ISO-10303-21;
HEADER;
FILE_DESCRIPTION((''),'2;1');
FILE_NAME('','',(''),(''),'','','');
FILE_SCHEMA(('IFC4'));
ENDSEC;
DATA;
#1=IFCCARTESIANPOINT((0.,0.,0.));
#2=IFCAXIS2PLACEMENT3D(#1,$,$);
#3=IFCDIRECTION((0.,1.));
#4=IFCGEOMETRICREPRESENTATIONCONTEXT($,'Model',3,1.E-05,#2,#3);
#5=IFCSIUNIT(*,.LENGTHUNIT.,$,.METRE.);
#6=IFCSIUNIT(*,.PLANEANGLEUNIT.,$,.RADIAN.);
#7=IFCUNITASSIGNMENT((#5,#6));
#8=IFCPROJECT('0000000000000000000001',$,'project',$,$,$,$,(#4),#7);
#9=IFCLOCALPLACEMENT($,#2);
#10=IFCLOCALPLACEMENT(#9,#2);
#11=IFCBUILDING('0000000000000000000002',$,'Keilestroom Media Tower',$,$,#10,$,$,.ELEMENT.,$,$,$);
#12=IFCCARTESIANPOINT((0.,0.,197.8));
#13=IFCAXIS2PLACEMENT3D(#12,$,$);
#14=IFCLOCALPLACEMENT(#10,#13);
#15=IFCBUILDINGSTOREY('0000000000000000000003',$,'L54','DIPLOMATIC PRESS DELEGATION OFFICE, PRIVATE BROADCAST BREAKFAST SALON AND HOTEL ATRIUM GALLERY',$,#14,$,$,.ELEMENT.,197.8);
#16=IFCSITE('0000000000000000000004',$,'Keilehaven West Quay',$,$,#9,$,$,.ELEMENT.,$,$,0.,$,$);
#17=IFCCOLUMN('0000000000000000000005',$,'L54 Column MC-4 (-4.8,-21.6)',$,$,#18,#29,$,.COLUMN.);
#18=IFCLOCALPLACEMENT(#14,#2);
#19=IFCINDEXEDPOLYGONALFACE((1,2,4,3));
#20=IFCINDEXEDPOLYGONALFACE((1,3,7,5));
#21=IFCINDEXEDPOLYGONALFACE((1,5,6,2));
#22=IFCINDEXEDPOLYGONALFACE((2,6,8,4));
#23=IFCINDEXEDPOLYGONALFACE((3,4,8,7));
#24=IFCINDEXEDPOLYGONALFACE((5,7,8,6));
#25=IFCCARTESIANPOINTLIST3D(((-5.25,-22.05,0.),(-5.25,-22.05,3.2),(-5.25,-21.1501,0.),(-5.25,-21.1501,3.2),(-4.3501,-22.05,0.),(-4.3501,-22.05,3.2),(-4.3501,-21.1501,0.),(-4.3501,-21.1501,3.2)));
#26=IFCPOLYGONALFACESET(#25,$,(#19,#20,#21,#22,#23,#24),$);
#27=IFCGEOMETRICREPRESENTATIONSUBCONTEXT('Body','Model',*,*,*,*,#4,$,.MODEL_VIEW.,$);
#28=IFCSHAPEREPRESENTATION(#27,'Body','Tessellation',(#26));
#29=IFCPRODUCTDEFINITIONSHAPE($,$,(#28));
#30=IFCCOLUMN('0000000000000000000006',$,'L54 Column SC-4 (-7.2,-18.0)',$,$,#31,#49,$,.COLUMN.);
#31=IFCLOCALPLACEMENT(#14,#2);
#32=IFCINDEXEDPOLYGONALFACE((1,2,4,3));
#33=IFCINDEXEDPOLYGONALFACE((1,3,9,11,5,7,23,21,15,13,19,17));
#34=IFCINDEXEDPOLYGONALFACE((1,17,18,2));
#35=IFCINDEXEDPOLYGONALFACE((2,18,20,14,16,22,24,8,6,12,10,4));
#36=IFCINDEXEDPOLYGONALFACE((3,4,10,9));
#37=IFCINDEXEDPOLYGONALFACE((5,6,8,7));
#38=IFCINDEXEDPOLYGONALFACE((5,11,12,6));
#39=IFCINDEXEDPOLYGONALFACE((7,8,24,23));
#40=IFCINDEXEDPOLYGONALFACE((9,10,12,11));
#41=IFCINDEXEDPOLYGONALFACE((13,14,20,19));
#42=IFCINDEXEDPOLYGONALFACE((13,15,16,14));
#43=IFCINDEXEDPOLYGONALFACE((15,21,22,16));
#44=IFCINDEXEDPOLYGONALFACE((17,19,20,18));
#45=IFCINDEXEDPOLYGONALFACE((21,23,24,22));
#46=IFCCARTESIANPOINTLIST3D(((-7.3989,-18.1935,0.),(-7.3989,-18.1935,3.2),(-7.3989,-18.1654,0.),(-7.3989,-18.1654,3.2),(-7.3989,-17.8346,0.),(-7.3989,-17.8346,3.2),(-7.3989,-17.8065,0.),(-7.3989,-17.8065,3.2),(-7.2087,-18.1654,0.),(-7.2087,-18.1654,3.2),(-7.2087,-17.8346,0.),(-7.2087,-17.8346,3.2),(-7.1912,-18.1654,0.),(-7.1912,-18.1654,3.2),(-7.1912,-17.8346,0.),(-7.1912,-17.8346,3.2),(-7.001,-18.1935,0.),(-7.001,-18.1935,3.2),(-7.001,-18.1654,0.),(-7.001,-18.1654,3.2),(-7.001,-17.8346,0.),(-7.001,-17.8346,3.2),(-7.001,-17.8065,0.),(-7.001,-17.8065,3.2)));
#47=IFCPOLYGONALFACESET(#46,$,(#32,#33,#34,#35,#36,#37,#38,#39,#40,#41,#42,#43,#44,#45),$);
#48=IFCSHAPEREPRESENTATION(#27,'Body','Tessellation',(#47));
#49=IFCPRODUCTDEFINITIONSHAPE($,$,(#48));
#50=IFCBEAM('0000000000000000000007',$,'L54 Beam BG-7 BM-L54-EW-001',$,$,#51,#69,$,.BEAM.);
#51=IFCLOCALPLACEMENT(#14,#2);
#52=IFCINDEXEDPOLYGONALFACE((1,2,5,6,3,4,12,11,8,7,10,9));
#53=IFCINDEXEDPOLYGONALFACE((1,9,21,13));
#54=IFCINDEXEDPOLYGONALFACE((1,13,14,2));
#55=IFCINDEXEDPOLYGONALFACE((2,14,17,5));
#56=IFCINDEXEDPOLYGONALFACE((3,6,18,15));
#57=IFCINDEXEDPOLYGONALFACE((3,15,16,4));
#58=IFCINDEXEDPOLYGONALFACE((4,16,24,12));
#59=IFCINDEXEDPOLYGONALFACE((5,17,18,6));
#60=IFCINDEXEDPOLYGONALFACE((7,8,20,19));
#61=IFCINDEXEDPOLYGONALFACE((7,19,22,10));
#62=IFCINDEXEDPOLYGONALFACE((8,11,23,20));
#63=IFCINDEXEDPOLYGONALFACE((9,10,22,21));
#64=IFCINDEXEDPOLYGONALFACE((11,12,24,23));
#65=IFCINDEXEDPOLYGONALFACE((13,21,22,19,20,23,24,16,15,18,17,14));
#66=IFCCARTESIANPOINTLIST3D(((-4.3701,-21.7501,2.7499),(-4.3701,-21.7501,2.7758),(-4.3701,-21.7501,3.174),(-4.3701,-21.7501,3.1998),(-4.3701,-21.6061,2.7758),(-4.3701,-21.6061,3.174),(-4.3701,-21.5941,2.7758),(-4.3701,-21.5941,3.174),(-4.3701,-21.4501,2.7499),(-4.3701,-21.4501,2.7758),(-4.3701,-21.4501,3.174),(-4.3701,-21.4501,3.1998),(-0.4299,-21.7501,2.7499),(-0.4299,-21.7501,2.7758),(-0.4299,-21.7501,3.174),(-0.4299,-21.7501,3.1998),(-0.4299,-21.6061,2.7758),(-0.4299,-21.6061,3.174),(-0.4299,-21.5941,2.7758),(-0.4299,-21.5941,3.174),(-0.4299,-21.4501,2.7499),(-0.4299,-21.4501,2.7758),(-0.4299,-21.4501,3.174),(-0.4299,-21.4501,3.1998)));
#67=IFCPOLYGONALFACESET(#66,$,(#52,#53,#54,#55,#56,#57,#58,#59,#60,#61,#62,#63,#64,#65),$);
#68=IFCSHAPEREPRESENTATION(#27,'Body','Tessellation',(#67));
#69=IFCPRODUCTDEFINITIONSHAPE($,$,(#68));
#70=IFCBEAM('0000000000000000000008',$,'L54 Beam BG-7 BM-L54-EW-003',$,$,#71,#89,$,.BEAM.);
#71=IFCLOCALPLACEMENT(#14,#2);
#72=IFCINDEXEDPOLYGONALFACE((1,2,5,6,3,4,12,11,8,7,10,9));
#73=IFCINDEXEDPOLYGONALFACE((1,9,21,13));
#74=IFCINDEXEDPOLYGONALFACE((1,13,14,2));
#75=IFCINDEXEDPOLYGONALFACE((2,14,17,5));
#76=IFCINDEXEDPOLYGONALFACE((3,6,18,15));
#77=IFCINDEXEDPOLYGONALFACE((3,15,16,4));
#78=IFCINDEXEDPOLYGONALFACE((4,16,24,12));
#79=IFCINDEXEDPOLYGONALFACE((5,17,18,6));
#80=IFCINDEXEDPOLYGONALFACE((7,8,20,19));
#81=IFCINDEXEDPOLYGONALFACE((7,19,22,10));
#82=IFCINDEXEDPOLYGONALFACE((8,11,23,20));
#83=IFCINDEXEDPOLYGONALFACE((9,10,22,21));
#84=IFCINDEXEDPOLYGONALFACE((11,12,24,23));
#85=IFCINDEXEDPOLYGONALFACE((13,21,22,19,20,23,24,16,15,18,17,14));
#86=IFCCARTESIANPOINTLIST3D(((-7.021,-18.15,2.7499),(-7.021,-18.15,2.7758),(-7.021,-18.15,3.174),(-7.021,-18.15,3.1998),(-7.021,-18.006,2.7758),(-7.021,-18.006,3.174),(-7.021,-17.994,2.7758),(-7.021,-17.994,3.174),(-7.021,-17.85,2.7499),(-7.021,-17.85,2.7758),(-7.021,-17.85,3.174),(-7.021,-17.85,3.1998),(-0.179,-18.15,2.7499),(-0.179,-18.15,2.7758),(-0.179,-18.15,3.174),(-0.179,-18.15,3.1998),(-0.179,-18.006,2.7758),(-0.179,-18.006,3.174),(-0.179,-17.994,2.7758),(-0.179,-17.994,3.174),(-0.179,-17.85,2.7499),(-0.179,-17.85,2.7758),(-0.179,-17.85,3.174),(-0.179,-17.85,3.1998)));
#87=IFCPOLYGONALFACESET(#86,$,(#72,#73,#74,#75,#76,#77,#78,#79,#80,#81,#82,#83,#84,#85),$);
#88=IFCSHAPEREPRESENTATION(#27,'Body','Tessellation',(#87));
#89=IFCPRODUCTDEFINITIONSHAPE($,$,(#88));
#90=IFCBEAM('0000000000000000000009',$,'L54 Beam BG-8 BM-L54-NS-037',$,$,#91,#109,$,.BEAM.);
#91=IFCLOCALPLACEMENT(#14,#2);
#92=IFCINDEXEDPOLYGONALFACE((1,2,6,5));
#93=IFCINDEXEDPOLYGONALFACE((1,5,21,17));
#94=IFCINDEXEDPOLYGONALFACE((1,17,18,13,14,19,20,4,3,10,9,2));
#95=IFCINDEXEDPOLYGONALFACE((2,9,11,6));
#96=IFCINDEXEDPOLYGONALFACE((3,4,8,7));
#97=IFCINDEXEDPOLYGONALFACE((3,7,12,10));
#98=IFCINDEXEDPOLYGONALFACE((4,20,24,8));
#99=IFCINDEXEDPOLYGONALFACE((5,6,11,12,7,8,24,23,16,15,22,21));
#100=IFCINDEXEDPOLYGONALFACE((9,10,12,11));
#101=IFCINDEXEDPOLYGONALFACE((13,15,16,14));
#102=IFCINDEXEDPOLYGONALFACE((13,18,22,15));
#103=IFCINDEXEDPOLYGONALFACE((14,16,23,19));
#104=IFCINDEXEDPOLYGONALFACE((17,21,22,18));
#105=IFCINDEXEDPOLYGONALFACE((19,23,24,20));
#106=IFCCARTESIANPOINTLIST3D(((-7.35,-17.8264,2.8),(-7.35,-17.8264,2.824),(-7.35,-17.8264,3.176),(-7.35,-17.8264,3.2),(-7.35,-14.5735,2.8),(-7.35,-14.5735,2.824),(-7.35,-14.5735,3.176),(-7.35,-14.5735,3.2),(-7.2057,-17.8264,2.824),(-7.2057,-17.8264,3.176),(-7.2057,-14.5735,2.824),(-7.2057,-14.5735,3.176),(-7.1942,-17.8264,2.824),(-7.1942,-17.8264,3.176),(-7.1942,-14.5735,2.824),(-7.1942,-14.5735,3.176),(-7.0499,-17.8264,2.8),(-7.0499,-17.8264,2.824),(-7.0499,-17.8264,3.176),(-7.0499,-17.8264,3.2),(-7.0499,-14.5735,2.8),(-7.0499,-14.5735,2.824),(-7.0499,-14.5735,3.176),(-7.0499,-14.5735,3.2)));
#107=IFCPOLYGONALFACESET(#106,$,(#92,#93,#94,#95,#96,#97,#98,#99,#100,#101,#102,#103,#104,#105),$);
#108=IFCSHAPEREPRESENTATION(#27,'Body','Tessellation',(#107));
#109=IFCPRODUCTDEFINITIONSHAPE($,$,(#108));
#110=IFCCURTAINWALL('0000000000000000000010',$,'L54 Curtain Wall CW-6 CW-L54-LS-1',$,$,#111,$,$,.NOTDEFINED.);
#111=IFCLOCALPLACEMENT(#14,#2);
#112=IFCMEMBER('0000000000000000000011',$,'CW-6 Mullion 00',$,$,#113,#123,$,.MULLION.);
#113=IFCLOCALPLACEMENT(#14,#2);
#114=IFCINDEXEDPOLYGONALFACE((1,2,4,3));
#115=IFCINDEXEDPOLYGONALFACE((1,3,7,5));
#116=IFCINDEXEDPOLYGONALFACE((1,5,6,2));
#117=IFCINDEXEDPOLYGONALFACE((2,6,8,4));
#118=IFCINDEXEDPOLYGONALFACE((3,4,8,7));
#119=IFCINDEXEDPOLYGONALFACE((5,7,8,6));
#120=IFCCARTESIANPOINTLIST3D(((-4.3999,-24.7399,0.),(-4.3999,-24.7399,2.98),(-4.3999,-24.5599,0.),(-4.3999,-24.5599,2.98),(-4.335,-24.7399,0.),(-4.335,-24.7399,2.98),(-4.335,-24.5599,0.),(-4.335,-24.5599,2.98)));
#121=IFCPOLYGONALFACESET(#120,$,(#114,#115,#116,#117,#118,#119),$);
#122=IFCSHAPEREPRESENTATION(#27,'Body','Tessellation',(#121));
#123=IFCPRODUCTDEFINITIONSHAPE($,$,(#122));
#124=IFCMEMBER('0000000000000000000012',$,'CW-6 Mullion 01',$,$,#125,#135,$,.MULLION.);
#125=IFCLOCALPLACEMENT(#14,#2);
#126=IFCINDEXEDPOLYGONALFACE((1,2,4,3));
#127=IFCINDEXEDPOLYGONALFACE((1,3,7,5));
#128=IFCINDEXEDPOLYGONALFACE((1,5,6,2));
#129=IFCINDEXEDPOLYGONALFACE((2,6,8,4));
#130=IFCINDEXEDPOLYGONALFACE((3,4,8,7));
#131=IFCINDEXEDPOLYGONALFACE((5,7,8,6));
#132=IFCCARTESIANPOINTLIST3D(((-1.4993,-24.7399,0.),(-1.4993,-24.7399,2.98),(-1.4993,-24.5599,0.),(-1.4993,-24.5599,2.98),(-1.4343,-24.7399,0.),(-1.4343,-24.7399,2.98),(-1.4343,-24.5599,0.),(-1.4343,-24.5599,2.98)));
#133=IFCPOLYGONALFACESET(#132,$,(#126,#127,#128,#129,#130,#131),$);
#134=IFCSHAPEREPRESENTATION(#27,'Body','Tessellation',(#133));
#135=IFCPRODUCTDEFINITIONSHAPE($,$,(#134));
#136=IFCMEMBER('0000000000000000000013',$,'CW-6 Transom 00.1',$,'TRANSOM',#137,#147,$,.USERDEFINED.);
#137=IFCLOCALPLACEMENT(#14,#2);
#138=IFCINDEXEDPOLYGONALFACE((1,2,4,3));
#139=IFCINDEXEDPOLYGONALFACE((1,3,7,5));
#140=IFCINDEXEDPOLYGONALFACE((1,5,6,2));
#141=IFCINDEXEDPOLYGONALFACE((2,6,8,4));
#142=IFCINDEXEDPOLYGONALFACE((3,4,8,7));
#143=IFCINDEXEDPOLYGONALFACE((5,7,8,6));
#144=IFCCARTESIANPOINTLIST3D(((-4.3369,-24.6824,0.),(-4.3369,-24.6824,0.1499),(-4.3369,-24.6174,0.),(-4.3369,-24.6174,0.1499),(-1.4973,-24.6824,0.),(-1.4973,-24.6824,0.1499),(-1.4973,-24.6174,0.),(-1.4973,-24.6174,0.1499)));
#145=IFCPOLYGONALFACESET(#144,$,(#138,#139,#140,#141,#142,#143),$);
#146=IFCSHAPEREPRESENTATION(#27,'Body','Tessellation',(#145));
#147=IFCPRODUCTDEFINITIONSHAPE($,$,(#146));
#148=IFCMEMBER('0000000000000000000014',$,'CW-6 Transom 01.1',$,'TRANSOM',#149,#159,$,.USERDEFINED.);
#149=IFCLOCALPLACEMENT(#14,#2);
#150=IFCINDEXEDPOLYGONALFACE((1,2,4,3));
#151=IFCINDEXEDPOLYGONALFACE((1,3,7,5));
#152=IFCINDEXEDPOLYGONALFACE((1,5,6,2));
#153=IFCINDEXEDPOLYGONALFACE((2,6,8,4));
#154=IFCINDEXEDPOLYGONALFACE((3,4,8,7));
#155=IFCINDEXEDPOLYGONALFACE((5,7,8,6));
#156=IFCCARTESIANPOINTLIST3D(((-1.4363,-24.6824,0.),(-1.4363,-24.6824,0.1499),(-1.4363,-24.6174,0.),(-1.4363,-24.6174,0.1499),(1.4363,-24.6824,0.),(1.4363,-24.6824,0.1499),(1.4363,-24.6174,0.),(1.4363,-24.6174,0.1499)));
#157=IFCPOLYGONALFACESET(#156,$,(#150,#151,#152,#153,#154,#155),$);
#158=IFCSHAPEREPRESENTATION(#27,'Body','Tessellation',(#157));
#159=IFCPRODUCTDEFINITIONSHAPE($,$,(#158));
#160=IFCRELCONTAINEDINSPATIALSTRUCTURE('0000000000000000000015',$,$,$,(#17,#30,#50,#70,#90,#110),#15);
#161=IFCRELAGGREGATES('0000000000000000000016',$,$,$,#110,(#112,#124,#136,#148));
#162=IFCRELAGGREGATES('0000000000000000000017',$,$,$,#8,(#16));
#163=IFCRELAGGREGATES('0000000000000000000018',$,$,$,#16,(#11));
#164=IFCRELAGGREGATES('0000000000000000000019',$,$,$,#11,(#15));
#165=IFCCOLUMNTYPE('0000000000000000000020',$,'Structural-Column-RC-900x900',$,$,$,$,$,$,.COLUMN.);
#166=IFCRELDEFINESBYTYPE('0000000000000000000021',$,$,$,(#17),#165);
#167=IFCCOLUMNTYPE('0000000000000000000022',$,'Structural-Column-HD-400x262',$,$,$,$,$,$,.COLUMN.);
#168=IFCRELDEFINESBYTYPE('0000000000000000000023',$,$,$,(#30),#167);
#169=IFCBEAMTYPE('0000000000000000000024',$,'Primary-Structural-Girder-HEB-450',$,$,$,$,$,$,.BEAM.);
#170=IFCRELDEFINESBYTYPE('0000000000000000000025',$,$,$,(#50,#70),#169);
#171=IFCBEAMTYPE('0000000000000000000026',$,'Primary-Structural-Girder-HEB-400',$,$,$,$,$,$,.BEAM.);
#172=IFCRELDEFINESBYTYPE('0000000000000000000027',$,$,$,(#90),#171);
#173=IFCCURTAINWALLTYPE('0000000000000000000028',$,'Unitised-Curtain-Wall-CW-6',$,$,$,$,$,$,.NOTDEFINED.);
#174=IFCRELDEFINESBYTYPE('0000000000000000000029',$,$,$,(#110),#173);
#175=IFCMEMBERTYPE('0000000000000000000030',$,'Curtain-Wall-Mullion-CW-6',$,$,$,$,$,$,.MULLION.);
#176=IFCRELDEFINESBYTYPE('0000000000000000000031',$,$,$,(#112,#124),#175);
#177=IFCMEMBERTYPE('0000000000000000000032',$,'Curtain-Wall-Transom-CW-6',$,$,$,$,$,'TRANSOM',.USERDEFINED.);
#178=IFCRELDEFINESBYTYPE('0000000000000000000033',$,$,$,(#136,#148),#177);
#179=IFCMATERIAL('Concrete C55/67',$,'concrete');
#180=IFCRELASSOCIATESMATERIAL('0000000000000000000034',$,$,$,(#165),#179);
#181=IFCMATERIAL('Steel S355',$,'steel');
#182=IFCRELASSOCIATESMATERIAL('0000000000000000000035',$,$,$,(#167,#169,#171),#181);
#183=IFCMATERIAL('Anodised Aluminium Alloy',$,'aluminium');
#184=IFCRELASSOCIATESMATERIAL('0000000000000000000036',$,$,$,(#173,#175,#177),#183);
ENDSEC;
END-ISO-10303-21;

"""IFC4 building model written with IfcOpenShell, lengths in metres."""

from ifc_helpers import new_model, si_unit, direction, frame, origin, origin_2d, place, context, subcontext, project, spatial, rectangle, i_section, extrude, source, transform, mapped, material, material_profile, profile_set, type_object, element, aggregate, save


model = new_model("IFC4")

# Units and contexts
model_context = context("Model", 3, precision=1e-05, world=origin(), true_north=direction((0.0, 1.0)))
body_context = subcontext(model_context, "Body", "Model", "MODEL_VIEW")
ifc_project = project(units=[si_unit("LENGTHUNIT", "METRE"), si_unit("PLANEANGLEUNIT", "RADIAN")], contexts=[model_context])

# Site, building, storey
site_placement = place(None, origin())
site = spatial("IfcSite", under=ifc_project, at=site_placement, Name="Keilehaven West Quay", CompositionType="ELEMENT", RefElevation=0.0)
building_placement = place(site_placement, origin())
building = spatial("IfcBuilding", under=site, at=building_placement, Name="Keilestroom Media Tower", CompositionType="ELEMENT")
storey_placement = place(building_placement, frame((0.0, 0.0, 197.8)))
storey = spatial("IfcBuildingStorey", under=building, at=storey_placement, Name="L54", Description="DIPLOMATIC PRESS DELEGATION OFFICE, PRIVATE BROADCAST BREAKFAST SALON AND HOTEL ATRIUM GALLERY", CompositionType="ELEMENT", Elevation=197.8)

# Columns
ifc_material_1 = material(Name="Concrete C55/67", Category="concrete")
ifc_material_profile_1 = material_profile(ifc_material_1, rectangle(XDim=0.8999, YDim=0.8999, at=origin_2d()), Name="RC 900x900")
ifc_profile_set_1 = profile_set([ifc_material_profile_1], Name="Concrete C55/67")
column_type_1 = type_object("IfcColumnType", Name="Structural-Column-RC-900x900", PredefinedType="COLUMN", material=ifc_profile_set_1)
shared_shape_1 = source(origin(), body_context, "Body", "SweptSolid", [
    extrude(rectangle(XDim=0.8999, YDim=0.8999, at=origin_2d()), origin(), (0.0, 0.0, 1.0), 3.2),
])
column_1_placement = place(storey_placement, frame((-4.8, -21.6001, 0.0), z_axis=(0.0, 0.0, 1.0), x_axis=(1.0, 0.0, 0.0)))
element("IfcColumn", 1, at=column_1_placement, inside=storey, type_object=column_type_1, Name="L54 Column MC-4 (-4.8,-21.6)", PredefinedType="COLUMN", context=body_context, shape_type="MappedRepresentation", body=[
    mapped(shared_shape_1, transform((0.0, 0.0, 0.0), x_axis=(1.0, 0.0, 0.0), y_axis=(0.0, 1.0, 0.0), z_axis=(0.0, 0.0, 1.0), scale=1.0)),
])
ifc_material_2 = material(Name="Steel S355", Category="steel")
ifc_material_profile_2 = material_profile(ifc_material_2, i_section(OverallWidth=0.3979, OverallDepth=0.387, WebThickness=0.0176, FlangeThickness=0.0281, at=origin_2d()), Name="HD 400x262")
ifc_profile_set_2 = profile_set([ifc_material_profile_2], Name="Steel S355")
column_type_2 = type_object("IfcColumnType", Name="Structural-Column-HD-400x262", PredefinedType="COLUMN", material=ifc_profile_set_2)
shared_shape_2 = source(origin(), body_context, "Body", "SweptSolid", [
    extrude(i_section(OverallWidth=0.3979, OverallDepth=0.387, WebThickness=0.0176, FlangeThickness=0.0281, at=origin_2d()), origin(), (0.0, 0.0, 1.0), 3.2),
])
column_2_placement = place(storey_placement, frame((-7.2, -18.0, 0.0), z_axis=(0.0, 0.0, 1.0), x_axis=(1.0, 0.0, 0.0)))
element("IfcColumn", 2, at=column_2_placement, inside=storey, type_object=column_type_2, Name="L54 Column SC-4 (-7.2,-18.0)", PredefinedType="COLUMN", context=body_context, shape_type="MappedRepresentation", body=[
    mapped(shared_shape_2, transform((0.0, 0.0, 0.0), x_axis=(1.0, 0.0, 0.0), y_axis=(0.0, 1.0, 0.0), z_axis=(0.0, 0.0, 1.0), scale=1.0)),
])

# Beams
ifc_material_profile_3 = material_profile(ifc_material_2, i_section(OverallWidth=0.3, OverallDepth=0.45, WebThickness=0.012, FlangeThickness=0.0259, at=origin_2d()), Name="HEB 450")
ifc_profile_set_3 = profile_set([ifc_material_profile_3], Name="Steel S355")
beam_type_1 = type_object("IfcBeamType", Name="Primary-Structural-Girder-HEB-450", PredefinedType="BEAM", material=ifc_profile_set_3)
shared_shape_3 = source(origin(), body_context, "Body", "SweptSolid", [
    extrude(i_section(OverallWidth=0.3, OverallDepth=0.45, WebThickness=0.012, FlangeThickness=0.0259, at=origin_2d()), origin(), (0.0, 0.0, 1.0), 3.9402),
])
beam_1_placement = place(storey_placement, frame((-4.3701, -21.6001, 2.9749), z_axis=(1.0, 0.0, 0.0), x_axis=(0.0, 1.0, 0.0)))
element("IfcBeam", 3, at=beam_1_placement, inside=storey, type_object=beam_type_1, Name="L54 Beam BG-7 BM-L54-EW-001", PredefinedType="BEAM", context=body_context, shape_type="MappedRepresentation", body=[
    mapped(shared_shape_3, transform((0.0, 0.0, 0.0), x_axis=(1.0, 0.0, 0.0), y_axis=(0.0, 1.0, 0.0), z_axis=(0.0, 0.0, 1.0), scale=1.0)),
])
shared_shape_4 = source(origin(), body_context, "Body", "SweptSolid", [
    extrude(i_section(OverallWidth=0.3, OverallDepth=0.45, WebThickness=0.012, FlangeThickness=0.0259, at=origin_2d()), origin(), (0.0, 0.0, 1.0), 6.842),
])
beam_2_placement = place(storey_placement, frame((-7.021, -18.0, 2.9749), z_axis=(1.0, 0.0, 0.0), x_axis=(0.0, 1.0, 0.0)))
element("IfcBeam", 4, at=beam_2_placement, inside=storey, type_object=beam_type_1, Name="L54 Beam BG-7 BM-L54-EW-003", PredefinedType="BEAM", context=body_context, shape_type="MappedRepresentation", body=[
    mapped(shared_shape_4, transform((0.0, 0.0, 0.0), x_axis=(1.0, 0.0, 0.0), y_axis=(0.0, 1.0, 0.0), z_axis=(0.0, 0.0, 1.0), scale=1.0)),
])
ifc_material_profile_4 = material_profile(ifc_material_2, i_section(OverallWidth=0.3, OverallDepth=0.3999, WebThickness=0.0115, FlangeThickness=0.0239, at=origin_2d()), Name="HEB 400")
ifc_profile_set_4 = profile_set([ifc_material_profile_4], Name="Steel S355")
beam_type_2 = type_object("IfcBeamType", Name="Primary-Structural-Girder-HEB-400", PredefinedType="BEAM", material=ifc_profile_set_4)
shared_shape_5 = source(origin(), body_context, "Body", "SweptSolid", [
    extrude(i_section(OverallWidth=0.3, OverallDepth=0.3999, WebThickness=0.0115, FlangeThickness=0.0239, at=origin_2d()), origin(), (0.0, 0.0, 1.0), 3.2529),
])
beam_3_placement = place(storey_placement, frame((-7.2, -17.8264, 3.0), z_axis=(0.0, 1.0, 0.0), x_axis=(-1.0, 0.0, 0.0)))
element("IfcBeam", 5, at=beam_3_placement, inside=storey, type_object=beam_type_2, Name="L54 Beam BG-8 BM-L54-NS-037", PredefinedType="BEAM", context=body_context, shape_type="MappedRepresentation", body=[
    mapped(shared_shape_5, transform((0.0, 0.0, 0.0), x_axis=(1.0, 0.0, 0.0), y_axis=(0.0, 1.0, 0.0), z_axis=(0.0, 0.0, 1.0), scale=1.0)),
])

# Curtain wall, members
ifc_material_3 = material(Name="Anodised Aluminium Alloy", Category="aluminium")
curtain_wall_type = type_object("IfcCurtainWallType", Name="Unitised-Curtain-Wall-CW-6", PredefinedType="NOTDEFINED", material=ifc_material_3)
curtain_wall_placement = place(storey_placement, origin())
curtain_wall = element("IfcCurtainWall", 6, at=curtain_wall_placement, inside=storey, type_object=curtain_wall_type, Name="L54 Curtain Wall CW-6 CW-L54-LS-1", PredefinedType="NOTDEFINED")
ifc_material_profile_5 = material_profile(ifc_material_3, rectangle(XDim=0.0649, YDim=0.1799, at=origin_2d()), Name="ALU MULLION 65x180")
ifc_profile_set_5 = profile_set([ifc_material_profile_5], Name="Anodised Aluminium Alloy")
member_type_1 = type_object("IfcMemberType", Name="Curtain-Wall-Mullion-CW-6", PredefinedType="MULLION", material=ifc_profile_set_5)
shared_shape_6 = source(origin(), body_context, "Body", "SweptSolid", [
    extrude(rectangle(XDim=0.0649, YDim=0.1799, at=origin_2d()), origin(), (0.0, 0.0, 1.0), 2.98),
])
member_1_placement = place(storey_placement, frame((-4.3674, -24.6499, 0.0), z_axis=(0.0, 0.0, 1.0), x_axis=(1.0, 0.0, 0.0)))
member_1 = element("IfcMember", 7, at=member_1_placement, type_object=member_type_1, Name="CW-6 Mullion 00", PredefinedType="MULLION", context=body_context, shape_type="MappedRepresentation", body=[
    mapped(shared_shape_6, transform((0.0, 0.0, 0.0), x_axis=(1.0, 0.0, 0.0), y_axis=(0.0, 1.0, 0.0), z_axis=(0.0, 0.0, 1.0), scale=1.0)),
])
member_2_placement = place(storey_placement, frame((-1.4668, -24.6499, 0.0), z_axis=(0.0, 0.0, 1.0), x_axis=(1.0, 0.0, 0.0)))
member_2 = element("IfcMember", 8, at=member_2_placement, type_object=member_type_1, Name="CW-6 Mullion 01", PredefinedType="MULLION", context=body_context, shape_type="MappedRepresentation", body=[
    mapped(shared_shape_6, transform((0.0, 0.0, 0.0), x_axis=(1.0, 0.0, 0.0), y_axis=(0.0, 1.0, 0.0), z_axis=(0.0, 0.0, 1.0), scale=1.0)),
])
ifc_material_profile_6 = material_profile(ifc_material_3, rectangle(XDim=0.0649, YDim=0.1499, at=origin_2d()), Name="ALU TRANSOM 65x150")
ifc_profile_set_6 = profile_set([ifc_material_profile_6], Name="Anodised Aluminium Alloy")
member_type_2 = type_object("IfcMemberType", Name="Curtain-Wall-Transom-CW-6", ElementType="TRANSOM", PredefinedType="USERDEFINED", material=ifc_profile_set_6)
shared_shape_7 = source(origin(), body_context, "Body", "SweptSolid", [
    extrude(rectangle(XDim=0.0649, YDim=0.1499, at=origin_2d()), origin(), (0.0, 0.0, 1.0), 2.8396),
])
member_3_placement = place(storey_placement, frame((-4.3369, -24.6499, 0.075), z_axis=(1.0, 0.0, 0.0), x_axis=(0.0, 1.0, 0.0)))
member_3 = element("IfcMember", 9, at=member_3_placement, type_object=member_type_2, Name="CW-6 Transom 00.1", ObjectType="TRANSOM", PredefinedType="USERDEFINED", context=body_context, shape_type="MappedRepresentation", body=[
    mapped(shared_shape_7, transform((0.0, 0.0, 0.0), x_axis=(1.0, 0.0, 0.0), y_axis=(0.0, 1.0, 0.0), z_axis=(0.0, 0.0, 1.0), scale=1.0)),
])
shared_shape_8 = source(origin(), body_context, "Body", "SweptSolid", [
    extrude(rectangle(XDim=0.0649, YDim=0.1499, at=origin_2d()), origin(), (0.0, 0.0, 1.0), 2.8726),
])
member_4_placement = place(storey_placement, frame((-1.4363, -24.6499, 0.075), z_axis=(1.0, 0.0, 0.0), x_axis=(0.0, 1.0, 0.0)))
member_4 = element("IfcMember", 10, at=member_4_placement, type_object=member_type_2, Name="CW-6 Transom 01.1", ObjectType="TRANSOM", PredefinedType="USERDEFINED", context=body_context, shape_type="MappedRepresentation", body=[
    mapped(shared_shape_8, transform((0.0, 0.0, 0.0), x_axis=(1.0, 0.0, 0.0), y_axis=(0.0, 1.0, 0.0), z_axis=(0.0, 0.0, 1.0), scale=1.0)),
])
aggregate(curtain_wall, [member_1, member_2, member_3, member_4])

save(model, "model.ifc")
